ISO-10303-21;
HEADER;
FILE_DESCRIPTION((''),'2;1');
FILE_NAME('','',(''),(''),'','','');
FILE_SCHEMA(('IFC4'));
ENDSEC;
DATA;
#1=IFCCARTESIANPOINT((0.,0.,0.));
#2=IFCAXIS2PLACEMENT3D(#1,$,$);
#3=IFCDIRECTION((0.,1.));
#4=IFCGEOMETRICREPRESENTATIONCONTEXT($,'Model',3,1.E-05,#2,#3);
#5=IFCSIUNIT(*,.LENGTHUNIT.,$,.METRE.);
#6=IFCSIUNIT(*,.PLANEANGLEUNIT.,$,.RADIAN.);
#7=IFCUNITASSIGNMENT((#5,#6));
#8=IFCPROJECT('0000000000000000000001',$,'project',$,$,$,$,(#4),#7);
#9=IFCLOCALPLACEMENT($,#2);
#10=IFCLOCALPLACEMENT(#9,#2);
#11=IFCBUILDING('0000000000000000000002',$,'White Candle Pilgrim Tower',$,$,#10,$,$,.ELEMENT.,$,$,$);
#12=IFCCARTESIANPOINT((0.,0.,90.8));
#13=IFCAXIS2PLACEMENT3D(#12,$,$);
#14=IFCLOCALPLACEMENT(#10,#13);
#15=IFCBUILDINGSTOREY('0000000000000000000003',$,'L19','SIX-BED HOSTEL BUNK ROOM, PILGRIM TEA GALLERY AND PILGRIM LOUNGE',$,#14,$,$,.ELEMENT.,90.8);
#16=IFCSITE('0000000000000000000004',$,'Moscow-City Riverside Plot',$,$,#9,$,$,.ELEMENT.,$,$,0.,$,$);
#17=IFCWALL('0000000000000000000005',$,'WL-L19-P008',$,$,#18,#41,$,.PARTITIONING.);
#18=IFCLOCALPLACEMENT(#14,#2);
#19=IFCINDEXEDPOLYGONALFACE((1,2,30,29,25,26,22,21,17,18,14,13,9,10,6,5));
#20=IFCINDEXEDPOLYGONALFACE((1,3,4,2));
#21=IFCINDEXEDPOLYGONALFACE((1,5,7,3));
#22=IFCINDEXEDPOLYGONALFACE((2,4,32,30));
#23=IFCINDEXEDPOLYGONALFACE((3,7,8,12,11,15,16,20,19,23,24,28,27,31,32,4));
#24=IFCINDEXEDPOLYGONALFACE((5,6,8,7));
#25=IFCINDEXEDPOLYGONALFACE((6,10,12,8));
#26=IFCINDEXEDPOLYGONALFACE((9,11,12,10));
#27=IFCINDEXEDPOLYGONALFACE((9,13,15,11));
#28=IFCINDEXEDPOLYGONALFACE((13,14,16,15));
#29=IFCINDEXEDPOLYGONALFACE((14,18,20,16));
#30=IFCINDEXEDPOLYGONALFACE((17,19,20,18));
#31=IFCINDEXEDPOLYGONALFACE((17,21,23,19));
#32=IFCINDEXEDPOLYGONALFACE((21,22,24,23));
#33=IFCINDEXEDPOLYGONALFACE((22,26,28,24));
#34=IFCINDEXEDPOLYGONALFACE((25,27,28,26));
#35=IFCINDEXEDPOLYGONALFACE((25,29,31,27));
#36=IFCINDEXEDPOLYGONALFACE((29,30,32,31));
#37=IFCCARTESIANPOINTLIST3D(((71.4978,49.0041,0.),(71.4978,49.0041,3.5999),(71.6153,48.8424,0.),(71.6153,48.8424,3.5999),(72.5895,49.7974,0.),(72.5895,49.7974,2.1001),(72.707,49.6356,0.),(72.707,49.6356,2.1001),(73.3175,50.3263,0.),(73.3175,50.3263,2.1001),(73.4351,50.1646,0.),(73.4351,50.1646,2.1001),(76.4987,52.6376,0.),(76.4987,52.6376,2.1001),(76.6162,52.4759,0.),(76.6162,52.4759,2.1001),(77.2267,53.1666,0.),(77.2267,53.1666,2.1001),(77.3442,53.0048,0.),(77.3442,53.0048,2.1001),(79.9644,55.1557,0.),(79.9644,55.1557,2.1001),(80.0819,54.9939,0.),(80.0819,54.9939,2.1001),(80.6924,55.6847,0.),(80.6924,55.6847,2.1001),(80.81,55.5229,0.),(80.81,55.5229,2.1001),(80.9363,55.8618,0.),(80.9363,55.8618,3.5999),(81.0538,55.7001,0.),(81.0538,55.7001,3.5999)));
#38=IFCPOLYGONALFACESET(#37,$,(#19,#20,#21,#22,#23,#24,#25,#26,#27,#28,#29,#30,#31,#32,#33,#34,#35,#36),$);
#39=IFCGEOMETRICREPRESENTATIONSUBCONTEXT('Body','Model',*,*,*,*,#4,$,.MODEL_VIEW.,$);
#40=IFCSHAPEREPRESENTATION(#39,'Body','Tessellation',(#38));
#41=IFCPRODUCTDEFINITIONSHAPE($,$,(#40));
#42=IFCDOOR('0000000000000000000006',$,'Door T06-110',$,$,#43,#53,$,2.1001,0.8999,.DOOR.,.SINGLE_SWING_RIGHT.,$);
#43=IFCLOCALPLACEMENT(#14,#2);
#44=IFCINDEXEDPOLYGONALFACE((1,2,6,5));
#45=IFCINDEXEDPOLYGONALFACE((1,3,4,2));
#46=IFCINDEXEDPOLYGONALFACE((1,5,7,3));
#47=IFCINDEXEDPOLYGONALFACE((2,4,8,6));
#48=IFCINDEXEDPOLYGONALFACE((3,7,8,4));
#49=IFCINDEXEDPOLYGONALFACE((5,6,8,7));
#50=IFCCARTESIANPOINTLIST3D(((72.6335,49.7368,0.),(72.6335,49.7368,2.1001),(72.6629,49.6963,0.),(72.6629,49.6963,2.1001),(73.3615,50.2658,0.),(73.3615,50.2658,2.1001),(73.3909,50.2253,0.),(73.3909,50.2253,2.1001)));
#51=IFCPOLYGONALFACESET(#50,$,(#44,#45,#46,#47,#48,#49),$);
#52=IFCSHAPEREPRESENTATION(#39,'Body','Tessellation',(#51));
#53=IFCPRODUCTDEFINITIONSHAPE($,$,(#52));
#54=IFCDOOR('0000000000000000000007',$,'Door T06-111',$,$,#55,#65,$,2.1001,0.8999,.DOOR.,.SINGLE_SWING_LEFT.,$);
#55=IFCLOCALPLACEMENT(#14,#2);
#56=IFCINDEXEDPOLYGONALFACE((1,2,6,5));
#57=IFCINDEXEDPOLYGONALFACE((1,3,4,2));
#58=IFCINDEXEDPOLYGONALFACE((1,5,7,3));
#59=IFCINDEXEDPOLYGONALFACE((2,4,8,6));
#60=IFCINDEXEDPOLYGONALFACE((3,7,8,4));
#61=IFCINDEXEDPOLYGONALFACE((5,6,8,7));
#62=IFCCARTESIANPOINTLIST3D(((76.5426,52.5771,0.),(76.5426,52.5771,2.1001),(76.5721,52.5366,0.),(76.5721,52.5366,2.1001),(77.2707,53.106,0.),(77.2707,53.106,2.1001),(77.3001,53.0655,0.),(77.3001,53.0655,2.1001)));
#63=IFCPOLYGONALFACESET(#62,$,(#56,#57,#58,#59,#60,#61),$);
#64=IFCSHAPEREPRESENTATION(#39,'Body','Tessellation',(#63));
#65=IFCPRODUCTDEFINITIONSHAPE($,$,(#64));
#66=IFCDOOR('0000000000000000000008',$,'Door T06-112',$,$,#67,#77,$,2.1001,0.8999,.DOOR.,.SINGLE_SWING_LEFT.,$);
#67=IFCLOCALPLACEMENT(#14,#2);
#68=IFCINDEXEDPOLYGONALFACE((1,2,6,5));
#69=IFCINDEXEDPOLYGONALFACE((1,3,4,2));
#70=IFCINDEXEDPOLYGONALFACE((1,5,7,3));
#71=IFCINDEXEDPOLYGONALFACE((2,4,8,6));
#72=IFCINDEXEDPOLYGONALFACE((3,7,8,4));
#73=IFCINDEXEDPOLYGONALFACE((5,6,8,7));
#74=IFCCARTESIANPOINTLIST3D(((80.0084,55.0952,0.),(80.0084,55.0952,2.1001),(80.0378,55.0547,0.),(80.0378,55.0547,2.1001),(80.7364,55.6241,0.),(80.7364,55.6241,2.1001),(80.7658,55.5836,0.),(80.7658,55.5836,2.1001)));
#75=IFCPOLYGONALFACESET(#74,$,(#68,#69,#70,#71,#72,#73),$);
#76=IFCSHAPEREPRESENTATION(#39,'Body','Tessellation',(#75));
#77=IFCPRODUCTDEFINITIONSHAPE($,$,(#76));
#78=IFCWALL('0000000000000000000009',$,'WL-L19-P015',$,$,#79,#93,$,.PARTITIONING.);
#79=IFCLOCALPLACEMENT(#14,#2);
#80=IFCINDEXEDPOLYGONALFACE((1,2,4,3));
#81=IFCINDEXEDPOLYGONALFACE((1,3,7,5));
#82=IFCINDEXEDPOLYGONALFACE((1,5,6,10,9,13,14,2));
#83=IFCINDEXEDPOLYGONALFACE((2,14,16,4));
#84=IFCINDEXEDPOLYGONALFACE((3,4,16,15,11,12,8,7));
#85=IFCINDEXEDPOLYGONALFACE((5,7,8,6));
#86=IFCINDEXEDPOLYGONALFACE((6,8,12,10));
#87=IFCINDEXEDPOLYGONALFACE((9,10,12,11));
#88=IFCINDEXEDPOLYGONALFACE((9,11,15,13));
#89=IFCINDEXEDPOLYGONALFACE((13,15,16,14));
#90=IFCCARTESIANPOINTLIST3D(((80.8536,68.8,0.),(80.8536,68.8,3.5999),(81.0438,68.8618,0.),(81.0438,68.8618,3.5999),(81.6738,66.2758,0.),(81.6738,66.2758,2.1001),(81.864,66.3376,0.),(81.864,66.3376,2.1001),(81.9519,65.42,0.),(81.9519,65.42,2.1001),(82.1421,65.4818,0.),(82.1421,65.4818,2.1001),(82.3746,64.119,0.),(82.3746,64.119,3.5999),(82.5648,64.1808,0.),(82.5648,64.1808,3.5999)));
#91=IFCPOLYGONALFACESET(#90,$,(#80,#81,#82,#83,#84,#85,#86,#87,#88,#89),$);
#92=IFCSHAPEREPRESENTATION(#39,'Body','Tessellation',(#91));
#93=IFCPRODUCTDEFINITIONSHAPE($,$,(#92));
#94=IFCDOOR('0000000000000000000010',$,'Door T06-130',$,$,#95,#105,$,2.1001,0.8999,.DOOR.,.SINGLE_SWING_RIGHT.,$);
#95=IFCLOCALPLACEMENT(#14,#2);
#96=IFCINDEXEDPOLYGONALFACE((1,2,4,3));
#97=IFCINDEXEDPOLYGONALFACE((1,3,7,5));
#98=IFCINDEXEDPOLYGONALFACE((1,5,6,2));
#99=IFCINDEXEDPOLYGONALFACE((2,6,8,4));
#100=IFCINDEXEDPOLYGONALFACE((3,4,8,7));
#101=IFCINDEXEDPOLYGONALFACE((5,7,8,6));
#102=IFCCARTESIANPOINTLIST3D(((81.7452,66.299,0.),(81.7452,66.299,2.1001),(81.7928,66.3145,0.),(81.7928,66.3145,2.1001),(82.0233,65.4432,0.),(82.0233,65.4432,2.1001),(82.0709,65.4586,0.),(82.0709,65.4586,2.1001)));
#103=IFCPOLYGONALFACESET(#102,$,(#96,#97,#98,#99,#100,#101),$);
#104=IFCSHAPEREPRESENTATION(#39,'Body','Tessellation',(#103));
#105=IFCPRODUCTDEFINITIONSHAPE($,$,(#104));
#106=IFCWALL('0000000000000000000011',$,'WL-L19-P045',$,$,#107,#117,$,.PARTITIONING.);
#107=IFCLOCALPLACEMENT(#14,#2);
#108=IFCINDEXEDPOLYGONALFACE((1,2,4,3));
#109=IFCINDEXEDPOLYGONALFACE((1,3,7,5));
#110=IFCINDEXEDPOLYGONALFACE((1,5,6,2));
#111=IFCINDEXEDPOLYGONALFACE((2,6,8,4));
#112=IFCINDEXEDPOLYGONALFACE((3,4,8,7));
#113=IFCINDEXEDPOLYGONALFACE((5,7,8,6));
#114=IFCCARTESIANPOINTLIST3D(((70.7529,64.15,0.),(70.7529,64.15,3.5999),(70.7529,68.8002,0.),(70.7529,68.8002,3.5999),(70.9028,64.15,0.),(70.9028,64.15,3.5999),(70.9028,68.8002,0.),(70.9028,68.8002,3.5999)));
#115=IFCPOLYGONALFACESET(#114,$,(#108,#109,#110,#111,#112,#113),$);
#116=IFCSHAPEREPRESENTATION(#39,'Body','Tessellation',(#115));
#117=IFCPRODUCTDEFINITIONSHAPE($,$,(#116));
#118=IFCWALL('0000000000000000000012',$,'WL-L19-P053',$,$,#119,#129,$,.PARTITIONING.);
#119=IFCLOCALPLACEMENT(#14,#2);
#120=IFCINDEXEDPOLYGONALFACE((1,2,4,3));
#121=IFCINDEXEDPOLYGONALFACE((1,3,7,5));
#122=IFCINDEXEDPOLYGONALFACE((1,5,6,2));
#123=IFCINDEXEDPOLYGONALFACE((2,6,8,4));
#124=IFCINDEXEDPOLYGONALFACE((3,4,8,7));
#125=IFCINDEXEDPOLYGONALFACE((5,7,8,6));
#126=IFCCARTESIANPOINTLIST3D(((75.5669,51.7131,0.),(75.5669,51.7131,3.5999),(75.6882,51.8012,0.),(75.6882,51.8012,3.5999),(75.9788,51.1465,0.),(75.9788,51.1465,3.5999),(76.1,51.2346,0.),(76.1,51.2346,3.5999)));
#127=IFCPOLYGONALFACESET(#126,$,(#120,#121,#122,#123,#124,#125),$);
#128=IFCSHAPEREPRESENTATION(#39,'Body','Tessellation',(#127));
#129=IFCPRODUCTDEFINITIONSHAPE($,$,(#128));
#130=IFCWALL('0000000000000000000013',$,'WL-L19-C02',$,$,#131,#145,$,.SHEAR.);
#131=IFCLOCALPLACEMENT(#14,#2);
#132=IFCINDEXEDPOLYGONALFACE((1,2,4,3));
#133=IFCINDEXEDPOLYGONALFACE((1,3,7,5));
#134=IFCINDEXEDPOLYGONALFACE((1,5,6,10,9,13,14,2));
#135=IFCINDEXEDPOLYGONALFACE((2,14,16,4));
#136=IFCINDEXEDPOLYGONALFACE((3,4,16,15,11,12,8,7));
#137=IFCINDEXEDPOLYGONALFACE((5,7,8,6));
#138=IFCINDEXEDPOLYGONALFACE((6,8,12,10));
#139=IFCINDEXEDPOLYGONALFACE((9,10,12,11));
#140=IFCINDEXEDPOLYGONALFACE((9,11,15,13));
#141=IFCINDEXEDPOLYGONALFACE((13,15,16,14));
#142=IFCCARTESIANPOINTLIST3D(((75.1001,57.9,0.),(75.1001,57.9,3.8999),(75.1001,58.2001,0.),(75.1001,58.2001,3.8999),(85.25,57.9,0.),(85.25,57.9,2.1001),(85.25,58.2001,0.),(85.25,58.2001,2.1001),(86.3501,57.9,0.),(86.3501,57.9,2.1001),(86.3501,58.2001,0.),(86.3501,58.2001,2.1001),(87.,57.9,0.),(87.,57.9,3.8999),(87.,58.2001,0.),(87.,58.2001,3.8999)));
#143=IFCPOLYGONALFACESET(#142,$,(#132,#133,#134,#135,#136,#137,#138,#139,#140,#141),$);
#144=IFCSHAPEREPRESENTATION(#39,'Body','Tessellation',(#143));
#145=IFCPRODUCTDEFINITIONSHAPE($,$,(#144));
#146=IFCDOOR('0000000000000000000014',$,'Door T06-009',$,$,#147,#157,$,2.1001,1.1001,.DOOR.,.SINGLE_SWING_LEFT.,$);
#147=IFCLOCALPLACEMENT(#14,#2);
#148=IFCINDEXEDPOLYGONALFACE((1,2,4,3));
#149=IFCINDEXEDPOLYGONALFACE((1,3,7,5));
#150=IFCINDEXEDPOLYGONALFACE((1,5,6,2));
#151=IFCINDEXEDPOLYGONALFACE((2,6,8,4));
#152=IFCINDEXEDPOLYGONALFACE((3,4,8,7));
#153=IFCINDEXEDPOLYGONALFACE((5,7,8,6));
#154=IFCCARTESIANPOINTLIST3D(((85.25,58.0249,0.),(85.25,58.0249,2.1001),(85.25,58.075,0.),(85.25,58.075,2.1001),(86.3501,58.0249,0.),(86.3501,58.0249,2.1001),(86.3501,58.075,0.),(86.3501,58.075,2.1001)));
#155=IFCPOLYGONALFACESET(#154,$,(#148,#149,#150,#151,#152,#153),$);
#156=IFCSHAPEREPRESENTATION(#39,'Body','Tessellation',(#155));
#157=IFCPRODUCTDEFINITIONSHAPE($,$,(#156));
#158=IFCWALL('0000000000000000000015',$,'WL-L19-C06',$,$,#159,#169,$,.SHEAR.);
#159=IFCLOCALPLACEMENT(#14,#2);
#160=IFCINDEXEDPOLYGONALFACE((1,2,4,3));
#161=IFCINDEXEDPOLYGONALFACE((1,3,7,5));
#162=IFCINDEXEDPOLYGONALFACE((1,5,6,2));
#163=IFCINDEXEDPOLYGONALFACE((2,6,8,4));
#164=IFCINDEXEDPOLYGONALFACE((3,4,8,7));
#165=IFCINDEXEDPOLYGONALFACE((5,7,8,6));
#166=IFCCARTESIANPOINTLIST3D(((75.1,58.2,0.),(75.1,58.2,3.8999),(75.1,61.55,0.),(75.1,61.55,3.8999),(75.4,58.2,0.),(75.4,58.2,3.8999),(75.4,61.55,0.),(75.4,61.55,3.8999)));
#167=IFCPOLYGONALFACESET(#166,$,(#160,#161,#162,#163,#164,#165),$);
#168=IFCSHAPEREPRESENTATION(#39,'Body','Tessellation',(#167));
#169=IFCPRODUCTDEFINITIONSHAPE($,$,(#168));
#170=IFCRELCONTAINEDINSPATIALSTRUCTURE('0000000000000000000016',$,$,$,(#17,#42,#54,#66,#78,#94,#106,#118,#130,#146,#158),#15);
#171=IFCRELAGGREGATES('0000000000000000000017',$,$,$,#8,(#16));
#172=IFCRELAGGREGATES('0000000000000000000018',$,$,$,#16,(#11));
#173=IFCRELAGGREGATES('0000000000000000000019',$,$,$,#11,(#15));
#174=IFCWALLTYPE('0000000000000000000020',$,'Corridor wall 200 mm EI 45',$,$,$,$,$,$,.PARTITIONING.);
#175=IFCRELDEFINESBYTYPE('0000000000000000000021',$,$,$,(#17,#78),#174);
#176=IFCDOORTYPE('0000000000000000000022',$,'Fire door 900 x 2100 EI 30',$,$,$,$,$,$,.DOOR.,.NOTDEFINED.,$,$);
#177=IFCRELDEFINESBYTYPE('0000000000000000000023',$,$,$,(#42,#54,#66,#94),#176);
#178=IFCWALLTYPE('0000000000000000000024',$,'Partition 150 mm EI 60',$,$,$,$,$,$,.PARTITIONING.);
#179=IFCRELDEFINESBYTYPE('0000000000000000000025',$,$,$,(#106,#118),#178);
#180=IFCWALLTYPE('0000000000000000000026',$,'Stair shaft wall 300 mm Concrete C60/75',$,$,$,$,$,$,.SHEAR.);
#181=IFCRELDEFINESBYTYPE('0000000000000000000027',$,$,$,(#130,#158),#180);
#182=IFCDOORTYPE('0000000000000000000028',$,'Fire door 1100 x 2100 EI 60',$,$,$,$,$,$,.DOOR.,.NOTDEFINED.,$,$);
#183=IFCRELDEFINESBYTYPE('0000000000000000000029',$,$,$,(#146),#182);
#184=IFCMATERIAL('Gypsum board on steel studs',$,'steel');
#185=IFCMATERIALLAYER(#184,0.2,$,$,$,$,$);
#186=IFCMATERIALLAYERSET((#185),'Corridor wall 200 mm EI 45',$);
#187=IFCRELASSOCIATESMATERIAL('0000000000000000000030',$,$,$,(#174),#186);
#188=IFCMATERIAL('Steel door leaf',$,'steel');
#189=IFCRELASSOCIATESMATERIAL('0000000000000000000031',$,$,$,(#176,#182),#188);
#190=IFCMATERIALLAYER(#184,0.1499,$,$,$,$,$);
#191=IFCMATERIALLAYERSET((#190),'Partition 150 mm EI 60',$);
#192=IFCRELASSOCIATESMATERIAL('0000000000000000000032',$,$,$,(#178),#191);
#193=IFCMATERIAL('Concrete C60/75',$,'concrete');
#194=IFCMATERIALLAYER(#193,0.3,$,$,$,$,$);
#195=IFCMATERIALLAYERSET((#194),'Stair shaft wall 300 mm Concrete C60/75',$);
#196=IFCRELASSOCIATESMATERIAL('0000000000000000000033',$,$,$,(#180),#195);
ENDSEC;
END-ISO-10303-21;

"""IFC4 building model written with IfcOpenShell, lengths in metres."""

from ifc_helpers import new_model, si_unit, direction, frame, frame_2d, origin, place, context, subcontext, project, spatial, rectangle, extrude, material, layer, layer_set, type_object, element, fill, save


model = new_model("IFC4")

# Units and contexts
model_context = context("Model", 3, precision=1e-05, world=origin(), true_north=direction((0.0, 1.0)))
body_context = subcontext(model_context, "Body", "Model", "MODEL_VIEW")
ifc_project = project(units=[si_unit("LENGTHUNIT", "METRE"), si_unit("PLANEANGLEUNIT", "RADIAN")], contexts=[model_context])

# Site, building, storey
site_placement = place(None, origin())
site = spatial("IfcSite", under=ifc_project, at=site_placement, Name="Moscow-City Riverside Plot", CompositionType="ELEMENT", RefElevation=0.0)
building_placement = place(site_placement, origin())
building = spatial("IfcBuilding", under=site, at=building_placement, Name="White Candle Pilgrim Tower", CompositionType="ELEMENT")
storey_placement = place(building_placement, frame((0.0, 0.0, 90.8)))
storey = spatial("IfcBuildingStorey", under=building, at=storey_placement, Name="L19", Description="SIX-BED HOSTEL BUNK ROOM, PILGRIM TEA GALLERY AND PILGRIM LOUNGE", CompositionType="ELEMENT", Elevation=90.8)

# Wall, openings, doors
ifc_material_1 = material(Name="Gypsum board on steel studs", Category="steel")
ifc_layer_1 = layer(ifc_material_1, 0.2)
ifc_layer_set_1 = layer_set([ifc_layer_1], Name="Corridor wall 200 mm EI 45")
wall_type_1 = type_object("IfcWallType", Name="Corridor wall 200 mm EI 45", PredefinedType="PARTITIONING", material=ifc_layer_set_1)
wall_1_placement = place(storey_placement, frame((80.9951, 55.781, 0.0), z_axis=(0.0, 0.0, 1.0), x_axis=(-0.809008, -0.587797, 0.0)))
wall_1 = element("IfcWall", 1, at=wall_1_placement, inside=storey, type_object=wall_type_1, Name="WL-L19-P008", PredefinedType="PARTITIONING", context=body_context, shape_type="SweptSolid", body=[
    extrude(rectangle(XDim=11.6667, YDim=0.2, at=frame_2d((5.8335, 0.0))), origin(), (0.0, 0.0, 1.0), 3.5999),
])
opening_1_placement = place(wall_1_placement, frame((9.4175, 0.0, 0.0)))
opening_1 = element("IfcOpeningElement", 2, at=opening_1_placement, cuts=wall_1, PredefinedType="OPENING", context=body_context, shape_type="SweptSolid", body=[
    extrude(rectangle(XDim=0.8999, YDim=2.1001, at=frame_2d((0.45, 1.05))), frame((0.0, 0.1099, 0.0), z_axis=(0.0, -1.0, 0.0), x_axis=(1.0, 0.0, 0.0)), (0.0, 0.0, 1.0), 0.22),
])
opening_2_placement = place(wall_1_placement, frame((4.5854, 0.0, 0.0)))
opening_2 = element("IfcOpeningElement", 3, at=opening_2_placement, cuts=wall_1, PredefinedType="OPENING", context=body_context, shape_type="SweptSolid", body=[
    extrude(rectangle(XDim=0.8999, YDim=2.1001, at=frame_2d((0.45, 1.05))), frame((0.0, 0.1099, 0.0), z_axis=(0.0, -1.0, 0.0), x_axis=(1.0, 0.0, 0.0)), (0.0, 0.0, 1.0), 0.22),
])
opening_3_placement = place(wall_1_placement, frame((0.3015, 0.0, 0.0)))
opening_3 = element("IfcOpeningElement", 4, at=opening_3_placement, cuts=wall_1, PredefinedType="OPENING", context=body_context, shape_type="SweptSolid", body=[
    extrude(rectangle(XDim=0.8999, YDim=2.1001, at=frame_2d((0.45, 1.05))), frame((0.0, 0.1099, 0.0), z_axis=(0.0, -1.0, 0.0), x_axis=(1.0, 0.0, 0.0)), (0.0, 0.0, 1.0), 0.22),
])
ifc_material_2 = material(Name="Steel door leaf", Category="steel")
door_type_1 = type_object("IfcDoorType", Name="Fire door 900 x 2100 EI 30", OperationType="NOTDEFINED", PredefinedType="DOOR", material=ifc_material_2)
door_1_placement = place(opening_1_placement, origin())
door_1 = element("IfcDoor", 5, at=door_1_placement, inside=storey, type_object=door_type_1, Name="Door T06-110", OperationType="SINGLE_SWING_RIGHT", OverallHeight=2.1001, OverallWidth=0.8999, PredefinedType="DOOR", context=body_context, shape_type="SweptSolid", body=[
    extrude(rectangle(XDim=0.8999, YDim=2.1001, at=frame_2d((0.45, 1.05))), frame((0.0, 0.0249, 0.0), z_axis=(0.0, -1.0, 0.0), x_axis=(1.0, 0.0, 0.0)), (0.0, 0.0, 1.0), 0.05),
])
fill(opening_1, door_1)
door_2_placement = place(opening_2_placement, origin())
door_2 = element("IfcDoor", 6, at=door_2_placement, inside=storey, type_object=door_type_1, Name="Door T06-111", OperationType="SINGLE_SWING_LEFT", OverallHeight=2.1001, OverallWidth=0.8999, PredefinedType="DOOR", context=body_context, shape_type="SweptSolid", body=[
    extrude(rectangle(XDim=0.8999, YDim=2.1001, at=frame_2d((0.45, 1.05))), frame((0.0, 0.0249, 0.0), z_axis=(0.0, -1.0, 0.0), x_axis=(1.0, 0.0, 0.0)), (0.0, 0.0, 1.0), 0.05),
])
fill(opening_2, door_2)
door_3_placement = place(opening_3_placement, origin())
door_3 = element("IfcDoor", 7, at=door_3_placement, inside=storey, type_object=door_type_1, Name="Door T06-112", OperationType="SINGLE_SWING_LEFT", OverallHeight=2.1001, OverallWidth=0.8999, PredefinedType="DOOR", context=body_context, shape_type="SweptSolid", body=[
    extrude(rectangle(XDim=0.8999, YDim=2.1001, at=frame_2d((0.45, 1.05))), frame((0.0, 0.0249, 0.0), z_axis=(0.0, -1.0, 0.0), x_axis=(1.0, 0.0, 0.0)), (0.0, 0.0, 1.0), 0.05),
])
fill(opening_3, door_3)

# Wall, opening, door
wall_2_placement = place(storey_placement, frame((82.4697, 64.1499, 0.0), z_axis=(0.0, 0.0, 1.0), x_axis=(-0.309031, 0.951052, 0.0)))
wall_2 = element("IfcWall", 8, at=wall_2_placement, inside=storey, type_object=wall_type_1, Name="WL-L19-P015", PredefinedType="PARTITIONING", context=body_context, shape_type="SweptSolid", body=[
    extrude(rectangle(XDim=4.9219, YDim=0.2, at=frame_2d((2.4609, 0.0))), origin(), (0.0, 0.0, 1.0), 3.5999),
])
opening_4_placement = place(wall_2_placement, frame((1.3679, 0.0, 0.0)))
opening_4 = element("IfcOpeningElement", 9, at=opening_4_placement, cuts=wall_2, PredefinedType="OPENING", context=body_context, shape_type="SweptSolid", body=[
    extrude(rectangle(XDim=0.8999, YDim=2.1001, at=frame_2d((0.45, 1.05))), frame((0.0, 0.1099, 0.0), z_axis=(0.0, -1.0, 0.0), x_axis=(1.0, 0.0, 0.0)), (0.0, 0.0, 1.0), 0.22),
])
door_4_placement = place(opening_4_placement, origin())
door_4 = element("IfcDoor", 10, at=door_4_placement, inside=storey, type_object=door_type_1, Name="Door T06-130", OperationType="SINGLE_SWING_RIGHT", OverallHeight=2.1001, OverallWidth=0.8999, PredefinedType="DOOR", context=body_context, shape_type="SweptSolid", body=[
    extrude(rectangle(XDim=0.8999, YDim=2.1001, at=frame_2d((0.45, 1.05))), frame((0.0, 0.0249, 0.0), z_axis=(0.0, -1.0, 0.0), x_axis=(1.0, 0.0, 0.0)), (0.0, 0.0, 1.0), 0.05),
])
fill(opening_4, door_4)

# Walls
ifc_layer_2 = layer(ifc_material_1, 0.1499)
ifc_layer_set_2 = layer_set([ifc_layer_2], Name="Partition 150 mm EI 60")
wall_type_2 = type_object("IfcWallType", Name="Partition 150 mm EI 60", PredefinedType="PARTITIONING", material=ifc_layer_set_2)
wall_3_placement = place(storey_placement, frame((70.8279, 64.1499, 0.0), z_axis=(0.0, 0.0, 1.0), x_axis=(0.0, 1.0, 0.0)))
element("IfcWall", 11, at=wall_3_placement, inside=storey, type_object=wall_type_2, Name="WL-L19-P045", PredefinedType="PARTITIONING", context=body_context, shape_type="SweptSolid", body=[
    extrude(rectangle(XDim=4.6501, YDim=0.1499, at=frame_2d((2.3252, 0.0))), origin(), (0.0, 0.0, 1.0), 3.5999),
])
wall_4_placement = place(storey_placement, frame((76.0393, 51.1907, 0.0), z_axis=(0.0, 0.0, 1.0), x_axis=(-0.587944, 0.808902, 0.0)))
element("IfcWall", 12, at=wall_4_placement, inside=storey, type_object=wall_type_2, Name="WL-L19-P053", PredefinedType="PARTITIONING", context=body_context, shape_type="SweptSolid", body=[
    extrude(rectangle(XDim=0.7004, YDim=0.1499, at=frame_2d((0.3501, 0.0))), origin(), (0.0, 0.0, 1.0), 3.5999),
])

# Wall, opening, door
ifc_material_3 = material(Name="Concrete C60/75", Category="concrete")
ifc_layer_3 = layer(ifc_material_3, 0.3)
ifc_layer_set_3 = layer_set([ifc_layer_3], Name="Stair shaft wall 300 mm Concrete C60/75")
wall_type_3 = type_object("IfcWallType", Name="Stair shaft wall 300 mm Concrete C60/75", PredefinedType="SHEAR", material=ifc_layer_set_3)
wall_5_placement = place(storey_placement, frame((75.1001, 58.05, 0.0), z_axis=(0.0, 0.0, 1.0), x_axis=(1.0, 0.0, 0.0)))
wall_5 = element("IfcWall", 13, at=wall_5_placement, inside=storey, type_object=wall_type_3, Name="WL-L19-C02", PredefinedType="SHEAR", context=body_context, shape_type="SweptSolid", body=[
    extrude(rectangle(XDim=11.8999, YDim=0.3, at=frame_2d((5.95, 0.0))), origin(), (0.0, 0.0, 1.0), 3.8999),
])
opening_5_placement = place(wall_5_placement, frame((10.1499, 0.0, 0.0)))
opening_5 = element("IfcOpeningElement", 14, at=opening_5_placement, cuts=wall_5, PredefinedType="OPENING", context=body_context, shape_type="SweptSolid", body=[
    extrude(rectangle(XDim=1.1001, YDim=2.1001, at=frame_2d((0.55, 1.05))), frame((0.0, 0.1599, 0.0), z_axis=(0.0, -1.0, 0.0), x_axis=(1.0, 0.0, 0.0)), (0.0, 0.0, 1.0), 0.3201),
])
door_type_2 = type_object("IfcDoorType", Name="Fire door 1100 x 2100 EI 60", OperationType="NOTDEFINED", PredefinedType="DOOR", material=ifc_material_2)
door_5_placement = place(opening_5_placement, origin())
door_5 = element("IfcDoor", 15, at=door_5_placement, inside=storey, type_object=door_type_2, Name="Door T06-009", OperationType="SINGLE_SWING_LEFT", OverallHeight=2.1001, OverallWidth=1.1001, PredefinedType="DOOR", context=body_context, shape_type="SweptSolid", body=[
    extrude(rectangle(XDim=1.1001, YDim=2.1001, at=frame_2d((0.55, 1.05))), frame((0.0, 0.0249, 0.0), z_axis=(0.0, -1.0, 0.0), x_axis=(1.0, 0.0, 0.0)), (0.0, 0.0, 1.0), 0.05),
])
fill(opening_5, door_5)

# Wall
wall_6_placement = place(storey_placement, frame((75.25, 58.2, 0.0), z_axis=(0.0, 0.0, 1.0), x_axis=(0.0, 1.0, 0.0)))
element("IfcWall", 16, at=wall_6_placement, inside=storey, type_object=wall_type_3, Name="WL-L19-C06", PredefinedType="SHEAR", context=body_context, shape_type="SweptSolid", body=[
    extrude(rectangle(XDim=3.3501, YDim=0.3, at=frame_2d((1.675, 0.0))), origin(), (0.0, 0.0, 1.0), 3.8999),
])

save(model, "model.ifc")
